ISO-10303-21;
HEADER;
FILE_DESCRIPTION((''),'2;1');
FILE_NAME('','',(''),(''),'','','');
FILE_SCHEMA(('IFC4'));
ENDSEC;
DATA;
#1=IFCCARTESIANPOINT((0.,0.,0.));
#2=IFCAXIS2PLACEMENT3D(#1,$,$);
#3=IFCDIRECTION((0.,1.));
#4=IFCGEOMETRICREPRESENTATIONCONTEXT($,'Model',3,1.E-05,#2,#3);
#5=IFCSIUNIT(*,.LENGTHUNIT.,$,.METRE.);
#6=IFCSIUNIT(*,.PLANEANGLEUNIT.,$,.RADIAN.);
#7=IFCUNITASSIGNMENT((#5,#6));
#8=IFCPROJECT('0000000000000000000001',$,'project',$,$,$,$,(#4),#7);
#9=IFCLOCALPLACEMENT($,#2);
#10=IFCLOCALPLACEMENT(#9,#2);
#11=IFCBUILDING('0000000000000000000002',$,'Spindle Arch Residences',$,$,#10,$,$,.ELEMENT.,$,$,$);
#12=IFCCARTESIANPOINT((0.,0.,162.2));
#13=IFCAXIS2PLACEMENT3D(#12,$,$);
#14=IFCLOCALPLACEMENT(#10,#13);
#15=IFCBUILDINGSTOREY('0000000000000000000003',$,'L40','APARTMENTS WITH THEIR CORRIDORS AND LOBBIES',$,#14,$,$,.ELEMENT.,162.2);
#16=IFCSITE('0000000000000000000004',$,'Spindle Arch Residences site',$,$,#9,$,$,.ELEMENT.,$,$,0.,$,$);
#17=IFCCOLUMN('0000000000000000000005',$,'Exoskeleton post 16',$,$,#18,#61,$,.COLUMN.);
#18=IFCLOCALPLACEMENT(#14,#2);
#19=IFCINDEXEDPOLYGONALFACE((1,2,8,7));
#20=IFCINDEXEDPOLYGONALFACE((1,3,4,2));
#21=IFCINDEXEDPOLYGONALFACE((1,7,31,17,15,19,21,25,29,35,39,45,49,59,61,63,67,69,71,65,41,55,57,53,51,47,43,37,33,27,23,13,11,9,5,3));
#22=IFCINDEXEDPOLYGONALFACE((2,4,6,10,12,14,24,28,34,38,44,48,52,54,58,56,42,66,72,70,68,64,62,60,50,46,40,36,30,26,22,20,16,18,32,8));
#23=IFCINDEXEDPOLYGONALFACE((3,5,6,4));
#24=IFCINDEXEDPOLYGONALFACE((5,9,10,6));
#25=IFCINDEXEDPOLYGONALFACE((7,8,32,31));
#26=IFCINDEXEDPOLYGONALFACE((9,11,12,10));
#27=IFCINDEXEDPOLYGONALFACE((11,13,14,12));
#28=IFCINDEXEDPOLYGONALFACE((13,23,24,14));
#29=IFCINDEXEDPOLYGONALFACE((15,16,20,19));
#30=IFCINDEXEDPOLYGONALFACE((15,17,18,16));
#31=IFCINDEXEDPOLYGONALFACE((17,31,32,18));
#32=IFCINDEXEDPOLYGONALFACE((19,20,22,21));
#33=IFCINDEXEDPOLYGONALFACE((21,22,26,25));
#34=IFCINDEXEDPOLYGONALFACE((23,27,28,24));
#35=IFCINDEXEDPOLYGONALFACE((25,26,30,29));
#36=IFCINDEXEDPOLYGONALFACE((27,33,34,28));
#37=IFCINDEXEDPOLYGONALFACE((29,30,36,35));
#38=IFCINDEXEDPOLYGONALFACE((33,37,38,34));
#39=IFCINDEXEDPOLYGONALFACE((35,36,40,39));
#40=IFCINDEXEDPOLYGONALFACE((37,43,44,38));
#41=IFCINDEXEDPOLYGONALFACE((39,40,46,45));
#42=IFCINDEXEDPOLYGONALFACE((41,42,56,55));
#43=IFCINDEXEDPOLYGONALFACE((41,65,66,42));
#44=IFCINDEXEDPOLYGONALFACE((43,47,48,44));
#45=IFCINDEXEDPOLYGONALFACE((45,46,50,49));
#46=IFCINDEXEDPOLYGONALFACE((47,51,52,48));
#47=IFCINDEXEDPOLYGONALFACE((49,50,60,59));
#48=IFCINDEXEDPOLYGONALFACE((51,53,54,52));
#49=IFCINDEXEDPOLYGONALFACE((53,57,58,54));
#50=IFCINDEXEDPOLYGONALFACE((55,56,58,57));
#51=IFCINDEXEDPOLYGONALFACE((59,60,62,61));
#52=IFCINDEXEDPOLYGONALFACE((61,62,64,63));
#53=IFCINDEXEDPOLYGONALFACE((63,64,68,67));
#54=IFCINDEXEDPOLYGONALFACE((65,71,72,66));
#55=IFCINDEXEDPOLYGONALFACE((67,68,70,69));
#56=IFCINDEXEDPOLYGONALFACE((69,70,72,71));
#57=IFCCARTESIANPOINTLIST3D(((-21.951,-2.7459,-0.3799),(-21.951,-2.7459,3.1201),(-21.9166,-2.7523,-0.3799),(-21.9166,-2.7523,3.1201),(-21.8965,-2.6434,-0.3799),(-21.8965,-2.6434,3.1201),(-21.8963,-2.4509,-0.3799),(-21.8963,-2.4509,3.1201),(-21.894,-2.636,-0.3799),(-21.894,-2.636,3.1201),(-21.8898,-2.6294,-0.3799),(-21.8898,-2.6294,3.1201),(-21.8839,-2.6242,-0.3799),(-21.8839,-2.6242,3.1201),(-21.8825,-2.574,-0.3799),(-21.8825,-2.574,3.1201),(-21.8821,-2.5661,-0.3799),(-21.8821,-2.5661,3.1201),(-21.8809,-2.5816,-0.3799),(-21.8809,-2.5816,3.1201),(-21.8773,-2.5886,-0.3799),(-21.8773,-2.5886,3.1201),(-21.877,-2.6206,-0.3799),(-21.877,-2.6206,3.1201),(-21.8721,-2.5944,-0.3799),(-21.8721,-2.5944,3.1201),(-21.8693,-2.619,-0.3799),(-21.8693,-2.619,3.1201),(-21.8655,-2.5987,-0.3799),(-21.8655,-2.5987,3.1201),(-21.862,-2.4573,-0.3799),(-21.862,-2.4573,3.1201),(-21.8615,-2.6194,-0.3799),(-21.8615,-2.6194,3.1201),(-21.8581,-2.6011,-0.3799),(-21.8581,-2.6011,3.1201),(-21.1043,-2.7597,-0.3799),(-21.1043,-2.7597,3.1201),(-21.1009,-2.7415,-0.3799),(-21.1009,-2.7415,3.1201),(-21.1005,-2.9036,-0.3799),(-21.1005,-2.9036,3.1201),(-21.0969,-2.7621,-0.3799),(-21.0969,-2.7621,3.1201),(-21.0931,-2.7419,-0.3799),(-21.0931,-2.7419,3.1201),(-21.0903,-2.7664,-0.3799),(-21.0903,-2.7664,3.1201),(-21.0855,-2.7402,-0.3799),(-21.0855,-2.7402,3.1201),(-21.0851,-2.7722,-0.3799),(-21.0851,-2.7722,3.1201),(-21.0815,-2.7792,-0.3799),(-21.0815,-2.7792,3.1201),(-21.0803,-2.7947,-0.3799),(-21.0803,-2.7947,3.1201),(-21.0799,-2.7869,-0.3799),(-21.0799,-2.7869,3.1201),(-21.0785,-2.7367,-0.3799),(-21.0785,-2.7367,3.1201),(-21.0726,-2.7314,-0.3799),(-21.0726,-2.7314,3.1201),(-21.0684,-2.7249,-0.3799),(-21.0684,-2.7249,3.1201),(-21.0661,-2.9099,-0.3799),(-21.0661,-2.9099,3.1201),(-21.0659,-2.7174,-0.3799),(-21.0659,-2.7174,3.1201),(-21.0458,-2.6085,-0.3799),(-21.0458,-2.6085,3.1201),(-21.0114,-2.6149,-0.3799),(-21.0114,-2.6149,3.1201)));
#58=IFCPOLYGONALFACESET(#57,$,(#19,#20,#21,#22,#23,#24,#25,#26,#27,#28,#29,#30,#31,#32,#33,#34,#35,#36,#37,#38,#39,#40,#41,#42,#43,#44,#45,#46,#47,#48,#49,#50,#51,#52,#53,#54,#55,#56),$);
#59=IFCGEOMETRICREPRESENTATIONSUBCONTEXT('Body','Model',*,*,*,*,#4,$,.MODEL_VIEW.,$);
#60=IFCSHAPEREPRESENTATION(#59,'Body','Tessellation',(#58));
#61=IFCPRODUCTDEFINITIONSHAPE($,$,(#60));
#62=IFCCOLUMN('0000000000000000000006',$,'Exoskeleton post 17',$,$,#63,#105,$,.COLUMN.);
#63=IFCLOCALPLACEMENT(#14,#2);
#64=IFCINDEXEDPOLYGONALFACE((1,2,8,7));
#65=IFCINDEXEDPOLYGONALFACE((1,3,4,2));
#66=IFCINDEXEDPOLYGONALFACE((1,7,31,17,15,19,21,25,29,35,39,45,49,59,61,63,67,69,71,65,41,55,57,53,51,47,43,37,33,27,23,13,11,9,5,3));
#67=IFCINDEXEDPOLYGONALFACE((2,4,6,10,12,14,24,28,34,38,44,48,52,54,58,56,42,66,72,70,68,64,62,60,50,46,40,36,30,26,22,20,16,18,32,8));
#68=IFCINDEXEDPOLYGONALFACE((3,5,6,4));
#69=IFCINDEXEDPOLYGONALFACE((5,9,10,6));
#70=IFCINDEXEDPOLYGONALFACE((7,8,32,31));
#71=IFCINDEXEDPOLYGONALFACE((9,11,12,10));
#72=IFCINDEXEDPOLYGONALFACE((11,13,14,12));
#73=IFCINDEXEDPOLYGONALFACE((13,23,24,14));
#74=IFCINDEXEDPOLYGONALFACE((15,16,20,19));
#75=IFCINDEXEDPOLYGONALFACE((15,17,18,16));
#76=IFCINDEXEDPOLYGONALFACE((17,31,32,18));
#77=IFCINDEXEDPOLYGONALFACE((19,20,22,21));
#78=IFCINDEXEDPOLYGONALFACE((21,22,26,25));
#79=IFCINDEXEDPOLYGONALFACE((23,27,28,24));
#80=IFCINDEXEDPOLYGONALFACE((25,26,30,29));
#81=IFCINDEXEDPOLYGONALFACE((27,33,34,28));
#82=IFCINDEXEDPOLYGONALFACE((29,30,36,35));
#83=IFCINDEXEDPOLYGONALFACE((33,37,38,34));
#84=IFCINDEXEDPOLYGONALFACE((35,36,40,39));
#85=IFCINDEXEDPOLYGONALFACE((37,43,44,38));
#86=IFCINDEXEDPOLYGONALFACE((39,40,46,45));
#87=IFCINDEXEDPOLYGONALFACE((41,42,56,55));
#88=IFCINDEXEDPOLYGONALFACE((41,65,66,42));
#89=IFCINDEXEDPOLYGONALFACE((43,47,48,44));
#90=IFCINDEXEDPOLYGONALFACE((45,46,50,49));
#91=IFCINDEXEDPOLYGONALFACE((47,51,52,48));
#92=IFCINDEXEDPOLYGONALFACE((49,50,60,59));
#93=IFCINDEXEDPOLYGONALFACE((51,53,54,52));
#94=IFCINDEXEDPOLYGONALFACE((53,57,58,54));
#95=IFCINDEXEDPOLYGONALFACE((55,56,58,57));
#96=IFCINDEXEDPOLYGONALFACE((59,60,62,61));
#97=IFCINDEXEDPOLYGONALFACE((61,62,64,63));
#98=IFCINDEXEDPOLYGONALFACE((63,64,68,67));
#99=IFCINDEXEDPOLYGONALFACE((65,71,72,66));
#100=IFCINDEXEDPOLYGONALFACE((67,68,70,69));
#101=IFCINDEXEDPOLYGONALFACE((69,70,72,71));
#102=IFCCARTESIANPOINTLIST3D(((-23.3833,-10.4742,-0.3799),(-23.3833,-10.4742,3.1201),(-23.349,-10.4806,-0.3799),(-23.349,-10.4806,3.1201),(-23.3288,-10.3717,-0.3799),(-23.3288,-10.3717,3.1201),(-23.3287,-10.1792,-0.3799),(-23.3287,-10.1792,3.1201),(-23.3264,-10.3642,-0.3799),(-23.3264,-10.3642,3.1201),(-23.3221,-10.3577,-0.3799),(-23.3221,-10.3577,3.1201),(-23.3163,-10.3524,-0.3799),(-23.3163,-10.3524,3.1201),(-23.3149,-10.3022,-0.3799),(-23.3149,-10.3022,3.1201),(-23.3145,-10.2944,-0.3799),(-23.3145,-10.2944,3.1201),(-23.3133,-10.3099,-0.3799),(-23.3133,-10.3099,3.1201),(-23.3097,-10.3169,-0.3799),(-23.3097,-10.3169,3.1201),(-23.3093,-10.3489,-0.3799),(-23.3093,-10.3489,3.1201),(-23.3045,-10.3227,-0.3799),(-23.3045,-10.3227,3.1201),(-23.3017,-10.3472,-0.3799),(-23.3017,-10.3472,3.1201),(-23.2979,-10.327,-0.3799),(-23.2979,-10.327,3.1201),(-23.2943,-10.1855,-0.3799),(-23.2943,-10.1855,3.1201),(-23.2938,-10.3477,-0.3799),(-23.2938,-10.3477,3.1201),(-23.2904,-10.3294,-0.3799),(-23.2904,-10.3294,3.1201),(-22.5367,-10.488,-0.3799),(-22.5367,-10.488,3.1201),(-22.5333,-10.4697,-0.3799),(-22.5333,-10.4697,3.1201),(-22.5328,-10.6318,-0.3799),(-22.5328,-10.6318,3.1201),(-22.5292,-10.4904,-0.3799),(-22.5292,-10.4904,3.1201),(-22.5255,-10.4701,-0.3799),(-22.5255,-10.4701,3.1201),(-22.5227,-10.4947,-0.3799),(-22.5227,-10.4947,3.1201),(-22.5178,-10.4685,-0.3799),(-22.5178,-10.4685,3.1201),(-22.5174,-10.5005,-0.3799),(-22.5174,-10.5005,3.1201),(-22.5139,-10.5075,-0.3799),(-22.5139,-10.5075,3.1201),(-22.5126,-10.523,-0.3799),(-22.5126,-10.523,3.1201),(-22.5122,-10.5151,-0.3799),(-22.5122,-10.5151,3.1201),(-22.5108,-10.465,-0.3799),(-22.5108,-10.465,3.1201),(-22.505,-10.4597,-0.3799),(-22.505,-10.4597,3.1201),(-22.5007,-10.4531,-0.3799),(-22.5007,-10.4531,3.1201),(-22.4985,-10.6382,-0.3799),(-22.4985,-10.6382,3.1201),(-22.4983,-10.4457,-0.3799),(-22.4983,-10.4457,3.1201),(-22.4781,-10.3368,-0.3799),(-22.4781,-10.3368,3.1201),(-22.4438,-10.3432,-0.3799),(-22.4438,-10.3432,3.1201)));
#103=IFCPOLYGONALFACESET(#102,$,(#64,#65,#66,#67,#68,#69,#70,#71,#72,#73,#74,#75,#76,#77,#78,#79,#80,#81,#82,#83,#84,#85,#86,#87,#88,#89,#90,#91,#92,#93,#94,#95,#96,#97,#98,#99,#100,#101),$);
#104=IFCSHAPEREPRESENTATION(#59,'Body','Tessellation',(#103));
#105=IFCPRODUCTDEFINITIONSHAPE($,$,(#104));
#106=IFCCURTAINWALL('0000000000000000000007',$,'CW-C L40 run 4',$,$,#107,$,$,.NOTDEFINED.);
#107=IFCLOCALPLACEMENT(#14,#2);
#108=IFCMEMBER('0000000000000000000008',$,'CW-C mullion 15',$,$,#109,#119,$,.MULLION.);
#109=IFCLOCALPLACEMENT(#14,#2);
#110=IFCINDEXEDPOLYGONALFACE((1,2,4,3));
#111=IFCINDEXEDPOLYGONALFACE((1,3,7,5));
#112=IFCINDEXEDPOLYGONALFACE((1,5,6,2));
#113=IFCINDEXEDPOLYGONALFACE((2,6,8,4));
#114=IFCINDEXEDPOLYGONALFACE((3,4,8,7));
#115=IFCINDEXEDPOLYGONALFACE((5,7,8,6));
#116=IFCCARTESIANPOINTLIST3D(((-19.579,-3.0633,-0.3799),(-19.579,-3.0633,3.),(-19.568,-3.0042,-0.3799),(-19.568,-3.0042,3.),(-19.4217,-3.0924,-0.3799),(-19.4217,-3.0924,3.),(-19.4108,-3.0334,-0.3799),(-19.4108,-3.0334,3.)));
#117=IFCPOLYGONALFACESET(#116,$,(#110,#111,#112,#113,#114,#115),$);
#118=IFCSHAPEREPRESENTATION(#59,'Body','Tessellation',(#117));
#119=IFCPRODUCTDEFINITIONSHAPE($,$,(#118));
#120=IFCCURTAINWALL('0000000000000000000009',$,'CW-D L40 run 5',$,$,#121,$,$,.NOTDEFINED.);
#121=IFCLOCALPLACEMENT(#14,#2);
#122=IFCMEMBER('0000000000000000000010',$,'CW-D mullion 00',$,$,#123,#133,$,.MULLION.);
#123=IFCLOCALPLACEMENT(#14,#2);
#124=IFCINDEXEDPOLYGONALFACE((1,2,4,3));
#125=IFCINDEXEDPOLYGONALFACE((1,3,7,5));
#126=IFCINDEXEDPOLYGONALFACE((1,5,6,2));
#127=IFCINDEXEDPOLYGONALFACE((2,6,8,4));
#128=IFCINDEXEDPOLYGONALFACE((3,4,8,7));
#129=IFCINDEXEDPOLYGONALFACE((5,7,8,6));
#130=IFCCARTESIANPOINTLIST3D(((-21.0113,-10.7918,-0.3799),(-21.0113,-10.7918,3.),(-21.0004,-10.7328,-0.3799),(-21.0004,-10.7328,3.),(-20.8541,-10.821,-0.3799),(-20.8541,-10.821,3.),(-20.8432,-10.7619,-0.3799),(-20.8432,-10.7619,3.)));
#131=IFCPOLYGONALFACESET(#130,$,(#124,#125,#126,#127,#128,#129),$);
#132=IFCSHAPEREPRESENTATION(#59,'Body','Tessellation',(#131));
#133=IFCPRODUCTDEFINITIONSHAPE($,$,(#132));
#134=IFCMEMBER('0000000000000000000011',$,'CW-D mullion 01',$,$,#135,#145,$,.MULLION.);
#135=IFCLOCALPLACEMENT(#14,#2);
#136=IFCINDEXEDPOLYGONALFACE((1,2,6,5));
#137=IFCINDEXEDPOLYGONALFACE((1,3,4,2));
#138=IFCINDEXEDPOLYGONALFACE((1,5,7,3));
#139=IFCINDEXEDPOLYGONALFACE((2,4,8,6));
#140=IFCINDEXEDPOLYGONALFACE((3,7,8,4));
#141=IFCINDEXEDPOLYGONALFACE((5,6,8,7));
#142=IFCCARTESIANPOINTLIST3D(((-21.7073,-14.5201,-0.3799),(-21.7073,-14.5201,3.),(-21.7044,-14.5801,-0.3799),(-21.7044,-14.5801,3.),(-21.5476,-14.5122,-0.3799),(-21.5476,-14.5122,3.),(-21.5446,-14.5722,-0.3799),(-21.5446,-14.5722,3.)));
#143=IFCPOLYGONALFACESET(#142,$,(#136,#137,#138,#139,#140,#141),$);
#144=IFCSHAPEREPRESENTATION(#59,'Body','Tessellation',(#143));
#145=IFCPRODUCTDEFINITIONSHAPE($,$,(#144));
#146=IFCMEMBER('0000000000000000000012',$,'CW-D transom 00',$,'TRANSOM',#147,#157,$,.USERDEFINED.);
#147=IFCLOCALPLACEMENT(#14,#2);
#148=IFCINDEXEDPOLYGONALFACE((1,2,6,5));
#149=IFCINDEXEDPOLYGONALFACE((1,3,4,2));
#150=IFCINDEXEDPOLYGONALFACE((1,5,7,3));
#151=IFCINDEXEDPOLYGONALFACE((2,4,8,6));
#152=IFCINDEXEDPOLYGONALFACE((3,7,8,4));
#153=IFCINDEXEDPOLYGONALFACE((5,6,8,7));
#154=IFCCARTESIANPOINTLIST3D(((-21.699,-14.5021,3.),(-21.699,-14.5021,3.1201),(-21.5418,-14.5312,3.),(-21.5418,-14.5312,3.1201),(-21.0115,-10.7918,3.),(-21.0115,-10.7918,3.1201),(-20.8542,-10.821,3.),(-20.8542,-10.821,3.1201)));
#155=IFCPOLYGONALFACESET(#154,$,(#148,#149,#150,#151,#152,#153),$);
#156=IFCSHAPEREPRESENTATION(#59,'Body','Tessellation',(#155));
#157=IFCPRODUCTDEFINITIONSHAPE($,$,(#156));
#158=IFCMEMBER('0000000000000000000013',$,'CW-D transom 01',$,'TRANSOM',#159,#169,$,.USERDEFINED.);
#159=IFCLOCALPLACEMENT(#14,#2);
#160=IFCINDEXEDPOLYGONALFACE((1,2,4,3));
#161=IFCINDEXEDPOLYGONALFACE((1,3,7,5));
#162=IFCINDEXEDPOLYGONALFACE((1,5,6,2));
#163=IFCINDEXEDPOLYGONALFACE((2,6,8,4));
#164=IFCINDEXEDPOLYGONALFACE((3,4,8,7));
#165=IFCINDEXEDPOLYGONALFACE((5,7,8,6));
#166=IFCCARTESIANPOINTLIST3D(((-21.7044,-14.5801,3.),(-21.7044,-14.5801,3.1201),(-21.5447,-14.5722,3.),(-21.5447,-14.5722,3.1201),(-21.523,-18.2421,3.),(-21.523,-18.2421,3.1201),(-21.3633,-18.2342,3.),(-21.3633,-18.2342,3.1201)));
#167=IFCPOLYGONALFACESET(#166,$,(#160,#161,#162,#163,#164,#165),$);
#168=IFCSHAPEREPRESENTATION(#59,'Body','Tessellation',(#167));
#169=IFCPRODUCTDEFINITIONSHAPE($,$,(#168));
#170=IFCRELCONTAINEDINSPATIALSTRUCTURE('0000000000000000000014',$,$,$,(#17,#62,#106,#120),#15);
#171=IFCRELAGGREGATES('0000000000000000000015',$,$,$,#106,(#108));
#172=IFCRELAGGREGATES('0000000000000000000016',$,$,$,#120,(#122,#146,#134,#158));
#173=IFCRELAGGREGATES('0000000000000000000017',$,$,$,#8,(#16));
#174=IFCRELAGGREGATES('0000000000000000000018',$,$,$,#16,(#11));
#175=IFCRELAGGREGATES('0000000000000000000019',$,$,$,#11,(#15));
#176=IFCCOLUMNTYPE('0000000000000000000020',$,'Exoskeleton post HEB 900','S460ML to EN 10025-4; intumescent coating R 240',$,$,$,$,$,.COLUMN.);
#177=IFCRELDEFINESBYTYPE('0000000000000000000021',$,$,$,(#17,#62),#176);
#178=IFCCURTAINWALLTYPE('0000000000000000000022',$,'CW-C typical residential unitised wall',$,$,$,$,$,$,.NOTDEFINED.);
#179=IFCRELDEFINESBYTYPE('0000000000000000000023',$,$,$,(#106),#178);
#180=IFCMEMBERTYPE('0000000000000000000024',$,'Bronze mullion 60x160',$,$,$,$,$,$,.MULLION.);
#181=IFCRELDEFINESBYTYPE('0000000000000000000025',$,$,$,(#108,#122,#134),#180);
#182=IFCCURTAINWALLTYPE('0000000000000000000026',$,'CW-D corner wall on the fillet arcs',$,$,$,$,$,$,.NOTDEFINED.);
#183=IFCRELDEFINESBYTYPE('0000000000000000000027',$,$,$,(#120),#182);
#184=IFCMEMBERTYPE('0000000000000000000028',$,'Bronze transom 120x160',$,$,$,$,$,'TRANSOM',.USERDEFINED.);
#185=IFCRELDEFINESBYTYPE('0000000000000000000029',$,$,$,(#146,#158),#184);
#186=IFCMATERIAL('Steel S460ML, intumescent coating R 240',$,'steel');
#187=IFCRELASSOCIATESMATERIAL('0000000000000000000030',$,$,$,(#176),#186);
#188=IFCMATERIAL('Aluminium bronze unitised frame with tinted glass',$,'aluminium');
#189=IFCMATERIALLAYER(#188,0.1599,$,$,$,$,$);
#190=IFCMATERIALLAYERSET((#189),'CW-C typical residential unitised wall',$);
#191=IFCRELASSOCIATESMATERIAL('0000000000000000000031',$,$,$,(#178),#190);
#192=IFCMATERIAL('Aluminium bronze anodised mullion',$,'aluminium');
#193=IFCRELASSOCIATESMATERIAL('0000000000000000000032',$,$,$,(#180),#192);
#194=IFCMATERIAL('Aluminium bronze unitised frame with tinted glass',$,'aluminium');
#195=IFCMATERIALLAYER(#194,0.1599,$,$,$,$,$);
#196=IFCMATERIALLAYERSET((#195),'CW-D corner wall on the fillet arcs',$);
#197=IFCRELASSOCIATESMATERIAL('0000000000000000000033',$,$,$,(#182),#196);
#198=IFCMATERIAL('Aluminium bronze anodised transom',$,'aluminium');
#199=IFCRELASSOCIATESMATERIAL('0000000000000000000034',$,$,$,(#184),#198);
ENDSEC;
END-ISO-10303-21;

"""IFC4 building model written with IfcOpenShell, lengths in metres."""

from ifc_helpers import new_model, si_unit, direction, frame, origin, origin_2d, place, context, subcontext, project, spatial, rectangle, i_section, extrude, material, layer, layer_set, material_profile, profile_set, type_object, element, aggregate, save


model = new_model("IFC4")

# Units and contexts
model_context = context("Model", 3, precision=1e-05, world=origin(), true_north=direction((0.0, 1.0)))
body_context = subcontext(model_context, "Body", "Model", "MODEL_VIEW")
ifc_project = project(units=[si_unit("LENGTHUNIT", "METRE"), si_unit("PLANEANGLEUNIT", "RADIAN")], contexts=[model_context])

# Site, building, storey
site_placement = place(None, origin())
site = spatial("IfcSite", under=ifc_project, at=site_placement, Name="Spindle Arch Residences site", CompositionType="ELEMENT", RefElevation=0.0)
building_placement = place(site_placement, origin())
building = spatial("IfcBuilding", under=site, at=building_placement, Name="Spindle Arch Residences", CompositionType="ELEMENT")
storey_placement = place(building_placement, frame((0.0, 0.0, 162.2)))
storey = spatial("IfcBuildingStorey", under=building, at=storey_placement, Name="L40", Description="APARTMENTS WITH THEIR CORRIDORS AND LOBBIES", CompositionType="ELEMENT", Elevation=162.2)

# Columns
ifc_material_1 = material(Name="Steel S460ML, intumescent coating R 240", Category="steel")
ifc_material_profile_1 = material_profile(ifc_material_1, i_section(OverallWidth=0.3, OverallDepth=0.8999, WebThickness=0.0186, FlangeThickness=0.0349, FilletRadius=0.03, at=origin_2d()), Name="HEB 900")
ifc_profile_set_1 = profile_set([ifc_material_profile_1], Name="Steel S460ML, intumescent coating R 240")
column_type = type_object("IfcColumnType", Name="Exoskeleton post HEB 900", Description="S460ML to EN 10025-4; intumescent coating R 240", PredefinedType="COLUMN", material=ifc_profile_set_1)
for number, where, z_axis, x_axis, name in (
    (1, (-21.4812, -2.6804, -0.3799), (0.0, 0.0, 1.0), (0.182236, 0.983255, 0.0), "Exoskeleton post 16"),
    (2, (-22.9136, -10.4087, -0.3799), (0.0, 0.0, 1.0), (0.182236, 0.983255, 0.0), "Exoskeleton post 17"),
):
    element("IfcColumn", number, at=place(storey_placement, frame(where, z_axis=z_axis, x_axis=x_axis)), inside=storey, type_object=column_type, Name=name, PredefinedType="COLUMN", context=body_context, shape_type="SweptSolid", body=[
        extrude(i_section(OverallWidth=0.3, OverallDepth=0.8999, WebThickness=0.0186, FlangeThickness=0.0349, FilletRadius=0.03, at=origin_2d()), origin(), (0.0, 0.0, 1.0), 3.5),
    ])

# Curtain wall, member
ifc_material_2 = material(Name="Aluminium bronze unitised frame with tinted glass", Category="aluminium")
ifc_layer_1 = layer(ifc_material_2, 0.1599)
ifc_layer_set_1 = layer_set([ifc_layer_1], Name="CW-C typical residential unitised wall")
curtain_wall_type_1 = type_object("IfcCurtainWallType", Name="CW-C typical residential unitised wall", PredefinedType="NOTDEFINED", material=ifc_layer_set_1)
curtain_wall_1_placement = place(storey_placement, origin())
curtain_wall_1 = element("IfcCurtainWall", 3, at=curtain_wall_1_placement, inside=storey, type_object=curtain_wall_type_1, Name="CW-C L40 run 4", PredefinedType="NOTDEFINED")
ifc_material_3 = material(Name="Aluminium bronze anodised mullion", Category="aluminium")
ifc_material_profile_2 = material_profile(ifc_material_3, rectangle(XDim=0.1599, YDim=0.0601, at=origin_2d()), Name="MU 60x160")
ifc_profile_set_2 = profile_set([ifc_material_profile_2], Name="Aluminium bronze anodised mullion")
member_type_1 = type_object("IfcMemberType", Name="Bronze mullion 60x160", PredefinedType="MULLION", material=ifc_profile_set_2)
member_1_placement = place(storey_placement, frame((-19.4949, -3.0483, -0.3799), z_axis=(0.0, 0.0, 1.0), x_axis=(0.983255, -0.182236, 0.0)))
member_1 = element("IfcMember", 4, at=member_1_placement, type_object=member_type_1, Name="CW-C mullion 15", PredefinedType="MULLION", context=body_context, shape_type="SweptSolid", body=[
    extrude(rectangle(XDim=0.1599, YDim=0.0601, at=origin_2d()), origin(), (0.0, 0.0, 1.0), 3.3799),
])

# Curtain wall, members
ifc_material_4 = material(Name="Aluminium bronze unitised frame with tinted glass", Category="aluminium")
ifc_layer_2 = layer(ifc_material_4, 0.1599)
ifc_layer_set_2 = layer_set([ifc_layer_2], Name="CW-D corner wall on the fillet arcs")
curtain_wall_type_2 = type_object("IfcCurtainWallType", Name="CW-D corner wall on the fillet arcs", PredefinedType="NOTDEFINED", material=ifc_layer_set_2)
curtain_wall_2_placement = place(storey_placement, origin())
curtain_wall_2 = element("IfcCurtainWall", 5, at=curtain_wall_2_placement, inside=storey, type_object=curtain_wall_type_2, Name="CW-D L40 run 5", PredefinedType="NOTDEFINED")
member_2_placement = place(storey_placement, frame((-20.9272, -10.7769, -0.3799), z_axis=(0.0, 0.0, 1.0), x_axis=(0.983255, -0.182236, 0.0)))
member_2 = element("IfcMember", 6, at=member_2_placement, type_object=member_type_1, Name="CW-D mullion 00", PredefinedType="MULLION", context=body_context, shape_type="SweptSolid", body=[
    extrude(rectangle(XDim=0.1599, YDim=0.0601, at=origin_2d()), origin(), (0.0, 0.0, 1.0), 3.3799),
])
member_3_placement = place(storey_placement, frame((-21.626, -14.5461, -0.3799), z_axis=(0.0, 0.0, 1.0), x_axis=(0.998778, 0.049431, 0.0)))
member_3 = element("IfcMember", 7, at=member_3_placement, type_object=member_type_1, Name="CW-D mullion 01", PredefinedType="MULLION", context=body_context, shape_type="SweptSolid", body=[
    extrude(rectangle(XDim=0.1599, YDim=0.0601, at=origin_2d()), origin(), (0.0, 0.0, 1.0), 3.3799),
])
ifc_material_5 = material(Name="Aluminium bronze anodised transom", Category="aluminium")
ifc_material_profile_3 = material_profile(ifc_material_5, rectangle(XDim=0.1599, YDim=0.1201, at=origin_2d()), Name="TR 120x160")
ifc_profile_set_3 = profile_set([ifc_material_profile_3], Name="Aluminium bronze anodised transom")
member_type_2 = type_object("IfcMemberType", Name="Bronze transom 120x160", ElementType="TRANSOM", PredefinedType="USERDEFINED", material=ifc_profile_set_3)
member_4_placement = place(storey_placement, frame((-20.9329, -10.8064, 3.0601), z_axis=(-0.182198, -0.983262, 0.0), x_axis=(0.983262, -0.182198, 0.0)))
member_4 = element("IfcMember", 8, at=member_4_placement, type_object=member_type_2, Name="CW-D transom 00", ObjectType="TRANSOM", PredefinedType="USERDEFINED", context=body_context, shape_type="SweptSolid", body=[
    extrude(rectangle(XDim=0.1599, YDim=0.1201, at=origin_2d()), origin(), (0.0, 0.0, 1.0), 3.7734),
])
member_5_placement = place(storey_placement, frame((-21.6245, -14.5762, 3.0601), z_axis=(0.049473, -0.998775, 0.0), x_axis=(0.998775, 0.049473, 0.0)))
member_5 = element("IfcMember", 9, at=member_5_placement, type_object=member_type_2, Name="CW-D transom 01", ObjectType="TRANSOM", PredefinedType="USERDEFINED", context=body_context, shape_type="SweptSolid", body=[
    extrude(rectangle(XDim=0.1599, YDim=0.1201, at=origin_2d()), origin(), (0.0, 0.0, 1.0), 3.6665),
])

aggregate(curtain_wall_1, [member_1])
aggregate(curtain_wall_2, [member_2, member_4, member_3, member_5])

save(model, "model.ifc")
